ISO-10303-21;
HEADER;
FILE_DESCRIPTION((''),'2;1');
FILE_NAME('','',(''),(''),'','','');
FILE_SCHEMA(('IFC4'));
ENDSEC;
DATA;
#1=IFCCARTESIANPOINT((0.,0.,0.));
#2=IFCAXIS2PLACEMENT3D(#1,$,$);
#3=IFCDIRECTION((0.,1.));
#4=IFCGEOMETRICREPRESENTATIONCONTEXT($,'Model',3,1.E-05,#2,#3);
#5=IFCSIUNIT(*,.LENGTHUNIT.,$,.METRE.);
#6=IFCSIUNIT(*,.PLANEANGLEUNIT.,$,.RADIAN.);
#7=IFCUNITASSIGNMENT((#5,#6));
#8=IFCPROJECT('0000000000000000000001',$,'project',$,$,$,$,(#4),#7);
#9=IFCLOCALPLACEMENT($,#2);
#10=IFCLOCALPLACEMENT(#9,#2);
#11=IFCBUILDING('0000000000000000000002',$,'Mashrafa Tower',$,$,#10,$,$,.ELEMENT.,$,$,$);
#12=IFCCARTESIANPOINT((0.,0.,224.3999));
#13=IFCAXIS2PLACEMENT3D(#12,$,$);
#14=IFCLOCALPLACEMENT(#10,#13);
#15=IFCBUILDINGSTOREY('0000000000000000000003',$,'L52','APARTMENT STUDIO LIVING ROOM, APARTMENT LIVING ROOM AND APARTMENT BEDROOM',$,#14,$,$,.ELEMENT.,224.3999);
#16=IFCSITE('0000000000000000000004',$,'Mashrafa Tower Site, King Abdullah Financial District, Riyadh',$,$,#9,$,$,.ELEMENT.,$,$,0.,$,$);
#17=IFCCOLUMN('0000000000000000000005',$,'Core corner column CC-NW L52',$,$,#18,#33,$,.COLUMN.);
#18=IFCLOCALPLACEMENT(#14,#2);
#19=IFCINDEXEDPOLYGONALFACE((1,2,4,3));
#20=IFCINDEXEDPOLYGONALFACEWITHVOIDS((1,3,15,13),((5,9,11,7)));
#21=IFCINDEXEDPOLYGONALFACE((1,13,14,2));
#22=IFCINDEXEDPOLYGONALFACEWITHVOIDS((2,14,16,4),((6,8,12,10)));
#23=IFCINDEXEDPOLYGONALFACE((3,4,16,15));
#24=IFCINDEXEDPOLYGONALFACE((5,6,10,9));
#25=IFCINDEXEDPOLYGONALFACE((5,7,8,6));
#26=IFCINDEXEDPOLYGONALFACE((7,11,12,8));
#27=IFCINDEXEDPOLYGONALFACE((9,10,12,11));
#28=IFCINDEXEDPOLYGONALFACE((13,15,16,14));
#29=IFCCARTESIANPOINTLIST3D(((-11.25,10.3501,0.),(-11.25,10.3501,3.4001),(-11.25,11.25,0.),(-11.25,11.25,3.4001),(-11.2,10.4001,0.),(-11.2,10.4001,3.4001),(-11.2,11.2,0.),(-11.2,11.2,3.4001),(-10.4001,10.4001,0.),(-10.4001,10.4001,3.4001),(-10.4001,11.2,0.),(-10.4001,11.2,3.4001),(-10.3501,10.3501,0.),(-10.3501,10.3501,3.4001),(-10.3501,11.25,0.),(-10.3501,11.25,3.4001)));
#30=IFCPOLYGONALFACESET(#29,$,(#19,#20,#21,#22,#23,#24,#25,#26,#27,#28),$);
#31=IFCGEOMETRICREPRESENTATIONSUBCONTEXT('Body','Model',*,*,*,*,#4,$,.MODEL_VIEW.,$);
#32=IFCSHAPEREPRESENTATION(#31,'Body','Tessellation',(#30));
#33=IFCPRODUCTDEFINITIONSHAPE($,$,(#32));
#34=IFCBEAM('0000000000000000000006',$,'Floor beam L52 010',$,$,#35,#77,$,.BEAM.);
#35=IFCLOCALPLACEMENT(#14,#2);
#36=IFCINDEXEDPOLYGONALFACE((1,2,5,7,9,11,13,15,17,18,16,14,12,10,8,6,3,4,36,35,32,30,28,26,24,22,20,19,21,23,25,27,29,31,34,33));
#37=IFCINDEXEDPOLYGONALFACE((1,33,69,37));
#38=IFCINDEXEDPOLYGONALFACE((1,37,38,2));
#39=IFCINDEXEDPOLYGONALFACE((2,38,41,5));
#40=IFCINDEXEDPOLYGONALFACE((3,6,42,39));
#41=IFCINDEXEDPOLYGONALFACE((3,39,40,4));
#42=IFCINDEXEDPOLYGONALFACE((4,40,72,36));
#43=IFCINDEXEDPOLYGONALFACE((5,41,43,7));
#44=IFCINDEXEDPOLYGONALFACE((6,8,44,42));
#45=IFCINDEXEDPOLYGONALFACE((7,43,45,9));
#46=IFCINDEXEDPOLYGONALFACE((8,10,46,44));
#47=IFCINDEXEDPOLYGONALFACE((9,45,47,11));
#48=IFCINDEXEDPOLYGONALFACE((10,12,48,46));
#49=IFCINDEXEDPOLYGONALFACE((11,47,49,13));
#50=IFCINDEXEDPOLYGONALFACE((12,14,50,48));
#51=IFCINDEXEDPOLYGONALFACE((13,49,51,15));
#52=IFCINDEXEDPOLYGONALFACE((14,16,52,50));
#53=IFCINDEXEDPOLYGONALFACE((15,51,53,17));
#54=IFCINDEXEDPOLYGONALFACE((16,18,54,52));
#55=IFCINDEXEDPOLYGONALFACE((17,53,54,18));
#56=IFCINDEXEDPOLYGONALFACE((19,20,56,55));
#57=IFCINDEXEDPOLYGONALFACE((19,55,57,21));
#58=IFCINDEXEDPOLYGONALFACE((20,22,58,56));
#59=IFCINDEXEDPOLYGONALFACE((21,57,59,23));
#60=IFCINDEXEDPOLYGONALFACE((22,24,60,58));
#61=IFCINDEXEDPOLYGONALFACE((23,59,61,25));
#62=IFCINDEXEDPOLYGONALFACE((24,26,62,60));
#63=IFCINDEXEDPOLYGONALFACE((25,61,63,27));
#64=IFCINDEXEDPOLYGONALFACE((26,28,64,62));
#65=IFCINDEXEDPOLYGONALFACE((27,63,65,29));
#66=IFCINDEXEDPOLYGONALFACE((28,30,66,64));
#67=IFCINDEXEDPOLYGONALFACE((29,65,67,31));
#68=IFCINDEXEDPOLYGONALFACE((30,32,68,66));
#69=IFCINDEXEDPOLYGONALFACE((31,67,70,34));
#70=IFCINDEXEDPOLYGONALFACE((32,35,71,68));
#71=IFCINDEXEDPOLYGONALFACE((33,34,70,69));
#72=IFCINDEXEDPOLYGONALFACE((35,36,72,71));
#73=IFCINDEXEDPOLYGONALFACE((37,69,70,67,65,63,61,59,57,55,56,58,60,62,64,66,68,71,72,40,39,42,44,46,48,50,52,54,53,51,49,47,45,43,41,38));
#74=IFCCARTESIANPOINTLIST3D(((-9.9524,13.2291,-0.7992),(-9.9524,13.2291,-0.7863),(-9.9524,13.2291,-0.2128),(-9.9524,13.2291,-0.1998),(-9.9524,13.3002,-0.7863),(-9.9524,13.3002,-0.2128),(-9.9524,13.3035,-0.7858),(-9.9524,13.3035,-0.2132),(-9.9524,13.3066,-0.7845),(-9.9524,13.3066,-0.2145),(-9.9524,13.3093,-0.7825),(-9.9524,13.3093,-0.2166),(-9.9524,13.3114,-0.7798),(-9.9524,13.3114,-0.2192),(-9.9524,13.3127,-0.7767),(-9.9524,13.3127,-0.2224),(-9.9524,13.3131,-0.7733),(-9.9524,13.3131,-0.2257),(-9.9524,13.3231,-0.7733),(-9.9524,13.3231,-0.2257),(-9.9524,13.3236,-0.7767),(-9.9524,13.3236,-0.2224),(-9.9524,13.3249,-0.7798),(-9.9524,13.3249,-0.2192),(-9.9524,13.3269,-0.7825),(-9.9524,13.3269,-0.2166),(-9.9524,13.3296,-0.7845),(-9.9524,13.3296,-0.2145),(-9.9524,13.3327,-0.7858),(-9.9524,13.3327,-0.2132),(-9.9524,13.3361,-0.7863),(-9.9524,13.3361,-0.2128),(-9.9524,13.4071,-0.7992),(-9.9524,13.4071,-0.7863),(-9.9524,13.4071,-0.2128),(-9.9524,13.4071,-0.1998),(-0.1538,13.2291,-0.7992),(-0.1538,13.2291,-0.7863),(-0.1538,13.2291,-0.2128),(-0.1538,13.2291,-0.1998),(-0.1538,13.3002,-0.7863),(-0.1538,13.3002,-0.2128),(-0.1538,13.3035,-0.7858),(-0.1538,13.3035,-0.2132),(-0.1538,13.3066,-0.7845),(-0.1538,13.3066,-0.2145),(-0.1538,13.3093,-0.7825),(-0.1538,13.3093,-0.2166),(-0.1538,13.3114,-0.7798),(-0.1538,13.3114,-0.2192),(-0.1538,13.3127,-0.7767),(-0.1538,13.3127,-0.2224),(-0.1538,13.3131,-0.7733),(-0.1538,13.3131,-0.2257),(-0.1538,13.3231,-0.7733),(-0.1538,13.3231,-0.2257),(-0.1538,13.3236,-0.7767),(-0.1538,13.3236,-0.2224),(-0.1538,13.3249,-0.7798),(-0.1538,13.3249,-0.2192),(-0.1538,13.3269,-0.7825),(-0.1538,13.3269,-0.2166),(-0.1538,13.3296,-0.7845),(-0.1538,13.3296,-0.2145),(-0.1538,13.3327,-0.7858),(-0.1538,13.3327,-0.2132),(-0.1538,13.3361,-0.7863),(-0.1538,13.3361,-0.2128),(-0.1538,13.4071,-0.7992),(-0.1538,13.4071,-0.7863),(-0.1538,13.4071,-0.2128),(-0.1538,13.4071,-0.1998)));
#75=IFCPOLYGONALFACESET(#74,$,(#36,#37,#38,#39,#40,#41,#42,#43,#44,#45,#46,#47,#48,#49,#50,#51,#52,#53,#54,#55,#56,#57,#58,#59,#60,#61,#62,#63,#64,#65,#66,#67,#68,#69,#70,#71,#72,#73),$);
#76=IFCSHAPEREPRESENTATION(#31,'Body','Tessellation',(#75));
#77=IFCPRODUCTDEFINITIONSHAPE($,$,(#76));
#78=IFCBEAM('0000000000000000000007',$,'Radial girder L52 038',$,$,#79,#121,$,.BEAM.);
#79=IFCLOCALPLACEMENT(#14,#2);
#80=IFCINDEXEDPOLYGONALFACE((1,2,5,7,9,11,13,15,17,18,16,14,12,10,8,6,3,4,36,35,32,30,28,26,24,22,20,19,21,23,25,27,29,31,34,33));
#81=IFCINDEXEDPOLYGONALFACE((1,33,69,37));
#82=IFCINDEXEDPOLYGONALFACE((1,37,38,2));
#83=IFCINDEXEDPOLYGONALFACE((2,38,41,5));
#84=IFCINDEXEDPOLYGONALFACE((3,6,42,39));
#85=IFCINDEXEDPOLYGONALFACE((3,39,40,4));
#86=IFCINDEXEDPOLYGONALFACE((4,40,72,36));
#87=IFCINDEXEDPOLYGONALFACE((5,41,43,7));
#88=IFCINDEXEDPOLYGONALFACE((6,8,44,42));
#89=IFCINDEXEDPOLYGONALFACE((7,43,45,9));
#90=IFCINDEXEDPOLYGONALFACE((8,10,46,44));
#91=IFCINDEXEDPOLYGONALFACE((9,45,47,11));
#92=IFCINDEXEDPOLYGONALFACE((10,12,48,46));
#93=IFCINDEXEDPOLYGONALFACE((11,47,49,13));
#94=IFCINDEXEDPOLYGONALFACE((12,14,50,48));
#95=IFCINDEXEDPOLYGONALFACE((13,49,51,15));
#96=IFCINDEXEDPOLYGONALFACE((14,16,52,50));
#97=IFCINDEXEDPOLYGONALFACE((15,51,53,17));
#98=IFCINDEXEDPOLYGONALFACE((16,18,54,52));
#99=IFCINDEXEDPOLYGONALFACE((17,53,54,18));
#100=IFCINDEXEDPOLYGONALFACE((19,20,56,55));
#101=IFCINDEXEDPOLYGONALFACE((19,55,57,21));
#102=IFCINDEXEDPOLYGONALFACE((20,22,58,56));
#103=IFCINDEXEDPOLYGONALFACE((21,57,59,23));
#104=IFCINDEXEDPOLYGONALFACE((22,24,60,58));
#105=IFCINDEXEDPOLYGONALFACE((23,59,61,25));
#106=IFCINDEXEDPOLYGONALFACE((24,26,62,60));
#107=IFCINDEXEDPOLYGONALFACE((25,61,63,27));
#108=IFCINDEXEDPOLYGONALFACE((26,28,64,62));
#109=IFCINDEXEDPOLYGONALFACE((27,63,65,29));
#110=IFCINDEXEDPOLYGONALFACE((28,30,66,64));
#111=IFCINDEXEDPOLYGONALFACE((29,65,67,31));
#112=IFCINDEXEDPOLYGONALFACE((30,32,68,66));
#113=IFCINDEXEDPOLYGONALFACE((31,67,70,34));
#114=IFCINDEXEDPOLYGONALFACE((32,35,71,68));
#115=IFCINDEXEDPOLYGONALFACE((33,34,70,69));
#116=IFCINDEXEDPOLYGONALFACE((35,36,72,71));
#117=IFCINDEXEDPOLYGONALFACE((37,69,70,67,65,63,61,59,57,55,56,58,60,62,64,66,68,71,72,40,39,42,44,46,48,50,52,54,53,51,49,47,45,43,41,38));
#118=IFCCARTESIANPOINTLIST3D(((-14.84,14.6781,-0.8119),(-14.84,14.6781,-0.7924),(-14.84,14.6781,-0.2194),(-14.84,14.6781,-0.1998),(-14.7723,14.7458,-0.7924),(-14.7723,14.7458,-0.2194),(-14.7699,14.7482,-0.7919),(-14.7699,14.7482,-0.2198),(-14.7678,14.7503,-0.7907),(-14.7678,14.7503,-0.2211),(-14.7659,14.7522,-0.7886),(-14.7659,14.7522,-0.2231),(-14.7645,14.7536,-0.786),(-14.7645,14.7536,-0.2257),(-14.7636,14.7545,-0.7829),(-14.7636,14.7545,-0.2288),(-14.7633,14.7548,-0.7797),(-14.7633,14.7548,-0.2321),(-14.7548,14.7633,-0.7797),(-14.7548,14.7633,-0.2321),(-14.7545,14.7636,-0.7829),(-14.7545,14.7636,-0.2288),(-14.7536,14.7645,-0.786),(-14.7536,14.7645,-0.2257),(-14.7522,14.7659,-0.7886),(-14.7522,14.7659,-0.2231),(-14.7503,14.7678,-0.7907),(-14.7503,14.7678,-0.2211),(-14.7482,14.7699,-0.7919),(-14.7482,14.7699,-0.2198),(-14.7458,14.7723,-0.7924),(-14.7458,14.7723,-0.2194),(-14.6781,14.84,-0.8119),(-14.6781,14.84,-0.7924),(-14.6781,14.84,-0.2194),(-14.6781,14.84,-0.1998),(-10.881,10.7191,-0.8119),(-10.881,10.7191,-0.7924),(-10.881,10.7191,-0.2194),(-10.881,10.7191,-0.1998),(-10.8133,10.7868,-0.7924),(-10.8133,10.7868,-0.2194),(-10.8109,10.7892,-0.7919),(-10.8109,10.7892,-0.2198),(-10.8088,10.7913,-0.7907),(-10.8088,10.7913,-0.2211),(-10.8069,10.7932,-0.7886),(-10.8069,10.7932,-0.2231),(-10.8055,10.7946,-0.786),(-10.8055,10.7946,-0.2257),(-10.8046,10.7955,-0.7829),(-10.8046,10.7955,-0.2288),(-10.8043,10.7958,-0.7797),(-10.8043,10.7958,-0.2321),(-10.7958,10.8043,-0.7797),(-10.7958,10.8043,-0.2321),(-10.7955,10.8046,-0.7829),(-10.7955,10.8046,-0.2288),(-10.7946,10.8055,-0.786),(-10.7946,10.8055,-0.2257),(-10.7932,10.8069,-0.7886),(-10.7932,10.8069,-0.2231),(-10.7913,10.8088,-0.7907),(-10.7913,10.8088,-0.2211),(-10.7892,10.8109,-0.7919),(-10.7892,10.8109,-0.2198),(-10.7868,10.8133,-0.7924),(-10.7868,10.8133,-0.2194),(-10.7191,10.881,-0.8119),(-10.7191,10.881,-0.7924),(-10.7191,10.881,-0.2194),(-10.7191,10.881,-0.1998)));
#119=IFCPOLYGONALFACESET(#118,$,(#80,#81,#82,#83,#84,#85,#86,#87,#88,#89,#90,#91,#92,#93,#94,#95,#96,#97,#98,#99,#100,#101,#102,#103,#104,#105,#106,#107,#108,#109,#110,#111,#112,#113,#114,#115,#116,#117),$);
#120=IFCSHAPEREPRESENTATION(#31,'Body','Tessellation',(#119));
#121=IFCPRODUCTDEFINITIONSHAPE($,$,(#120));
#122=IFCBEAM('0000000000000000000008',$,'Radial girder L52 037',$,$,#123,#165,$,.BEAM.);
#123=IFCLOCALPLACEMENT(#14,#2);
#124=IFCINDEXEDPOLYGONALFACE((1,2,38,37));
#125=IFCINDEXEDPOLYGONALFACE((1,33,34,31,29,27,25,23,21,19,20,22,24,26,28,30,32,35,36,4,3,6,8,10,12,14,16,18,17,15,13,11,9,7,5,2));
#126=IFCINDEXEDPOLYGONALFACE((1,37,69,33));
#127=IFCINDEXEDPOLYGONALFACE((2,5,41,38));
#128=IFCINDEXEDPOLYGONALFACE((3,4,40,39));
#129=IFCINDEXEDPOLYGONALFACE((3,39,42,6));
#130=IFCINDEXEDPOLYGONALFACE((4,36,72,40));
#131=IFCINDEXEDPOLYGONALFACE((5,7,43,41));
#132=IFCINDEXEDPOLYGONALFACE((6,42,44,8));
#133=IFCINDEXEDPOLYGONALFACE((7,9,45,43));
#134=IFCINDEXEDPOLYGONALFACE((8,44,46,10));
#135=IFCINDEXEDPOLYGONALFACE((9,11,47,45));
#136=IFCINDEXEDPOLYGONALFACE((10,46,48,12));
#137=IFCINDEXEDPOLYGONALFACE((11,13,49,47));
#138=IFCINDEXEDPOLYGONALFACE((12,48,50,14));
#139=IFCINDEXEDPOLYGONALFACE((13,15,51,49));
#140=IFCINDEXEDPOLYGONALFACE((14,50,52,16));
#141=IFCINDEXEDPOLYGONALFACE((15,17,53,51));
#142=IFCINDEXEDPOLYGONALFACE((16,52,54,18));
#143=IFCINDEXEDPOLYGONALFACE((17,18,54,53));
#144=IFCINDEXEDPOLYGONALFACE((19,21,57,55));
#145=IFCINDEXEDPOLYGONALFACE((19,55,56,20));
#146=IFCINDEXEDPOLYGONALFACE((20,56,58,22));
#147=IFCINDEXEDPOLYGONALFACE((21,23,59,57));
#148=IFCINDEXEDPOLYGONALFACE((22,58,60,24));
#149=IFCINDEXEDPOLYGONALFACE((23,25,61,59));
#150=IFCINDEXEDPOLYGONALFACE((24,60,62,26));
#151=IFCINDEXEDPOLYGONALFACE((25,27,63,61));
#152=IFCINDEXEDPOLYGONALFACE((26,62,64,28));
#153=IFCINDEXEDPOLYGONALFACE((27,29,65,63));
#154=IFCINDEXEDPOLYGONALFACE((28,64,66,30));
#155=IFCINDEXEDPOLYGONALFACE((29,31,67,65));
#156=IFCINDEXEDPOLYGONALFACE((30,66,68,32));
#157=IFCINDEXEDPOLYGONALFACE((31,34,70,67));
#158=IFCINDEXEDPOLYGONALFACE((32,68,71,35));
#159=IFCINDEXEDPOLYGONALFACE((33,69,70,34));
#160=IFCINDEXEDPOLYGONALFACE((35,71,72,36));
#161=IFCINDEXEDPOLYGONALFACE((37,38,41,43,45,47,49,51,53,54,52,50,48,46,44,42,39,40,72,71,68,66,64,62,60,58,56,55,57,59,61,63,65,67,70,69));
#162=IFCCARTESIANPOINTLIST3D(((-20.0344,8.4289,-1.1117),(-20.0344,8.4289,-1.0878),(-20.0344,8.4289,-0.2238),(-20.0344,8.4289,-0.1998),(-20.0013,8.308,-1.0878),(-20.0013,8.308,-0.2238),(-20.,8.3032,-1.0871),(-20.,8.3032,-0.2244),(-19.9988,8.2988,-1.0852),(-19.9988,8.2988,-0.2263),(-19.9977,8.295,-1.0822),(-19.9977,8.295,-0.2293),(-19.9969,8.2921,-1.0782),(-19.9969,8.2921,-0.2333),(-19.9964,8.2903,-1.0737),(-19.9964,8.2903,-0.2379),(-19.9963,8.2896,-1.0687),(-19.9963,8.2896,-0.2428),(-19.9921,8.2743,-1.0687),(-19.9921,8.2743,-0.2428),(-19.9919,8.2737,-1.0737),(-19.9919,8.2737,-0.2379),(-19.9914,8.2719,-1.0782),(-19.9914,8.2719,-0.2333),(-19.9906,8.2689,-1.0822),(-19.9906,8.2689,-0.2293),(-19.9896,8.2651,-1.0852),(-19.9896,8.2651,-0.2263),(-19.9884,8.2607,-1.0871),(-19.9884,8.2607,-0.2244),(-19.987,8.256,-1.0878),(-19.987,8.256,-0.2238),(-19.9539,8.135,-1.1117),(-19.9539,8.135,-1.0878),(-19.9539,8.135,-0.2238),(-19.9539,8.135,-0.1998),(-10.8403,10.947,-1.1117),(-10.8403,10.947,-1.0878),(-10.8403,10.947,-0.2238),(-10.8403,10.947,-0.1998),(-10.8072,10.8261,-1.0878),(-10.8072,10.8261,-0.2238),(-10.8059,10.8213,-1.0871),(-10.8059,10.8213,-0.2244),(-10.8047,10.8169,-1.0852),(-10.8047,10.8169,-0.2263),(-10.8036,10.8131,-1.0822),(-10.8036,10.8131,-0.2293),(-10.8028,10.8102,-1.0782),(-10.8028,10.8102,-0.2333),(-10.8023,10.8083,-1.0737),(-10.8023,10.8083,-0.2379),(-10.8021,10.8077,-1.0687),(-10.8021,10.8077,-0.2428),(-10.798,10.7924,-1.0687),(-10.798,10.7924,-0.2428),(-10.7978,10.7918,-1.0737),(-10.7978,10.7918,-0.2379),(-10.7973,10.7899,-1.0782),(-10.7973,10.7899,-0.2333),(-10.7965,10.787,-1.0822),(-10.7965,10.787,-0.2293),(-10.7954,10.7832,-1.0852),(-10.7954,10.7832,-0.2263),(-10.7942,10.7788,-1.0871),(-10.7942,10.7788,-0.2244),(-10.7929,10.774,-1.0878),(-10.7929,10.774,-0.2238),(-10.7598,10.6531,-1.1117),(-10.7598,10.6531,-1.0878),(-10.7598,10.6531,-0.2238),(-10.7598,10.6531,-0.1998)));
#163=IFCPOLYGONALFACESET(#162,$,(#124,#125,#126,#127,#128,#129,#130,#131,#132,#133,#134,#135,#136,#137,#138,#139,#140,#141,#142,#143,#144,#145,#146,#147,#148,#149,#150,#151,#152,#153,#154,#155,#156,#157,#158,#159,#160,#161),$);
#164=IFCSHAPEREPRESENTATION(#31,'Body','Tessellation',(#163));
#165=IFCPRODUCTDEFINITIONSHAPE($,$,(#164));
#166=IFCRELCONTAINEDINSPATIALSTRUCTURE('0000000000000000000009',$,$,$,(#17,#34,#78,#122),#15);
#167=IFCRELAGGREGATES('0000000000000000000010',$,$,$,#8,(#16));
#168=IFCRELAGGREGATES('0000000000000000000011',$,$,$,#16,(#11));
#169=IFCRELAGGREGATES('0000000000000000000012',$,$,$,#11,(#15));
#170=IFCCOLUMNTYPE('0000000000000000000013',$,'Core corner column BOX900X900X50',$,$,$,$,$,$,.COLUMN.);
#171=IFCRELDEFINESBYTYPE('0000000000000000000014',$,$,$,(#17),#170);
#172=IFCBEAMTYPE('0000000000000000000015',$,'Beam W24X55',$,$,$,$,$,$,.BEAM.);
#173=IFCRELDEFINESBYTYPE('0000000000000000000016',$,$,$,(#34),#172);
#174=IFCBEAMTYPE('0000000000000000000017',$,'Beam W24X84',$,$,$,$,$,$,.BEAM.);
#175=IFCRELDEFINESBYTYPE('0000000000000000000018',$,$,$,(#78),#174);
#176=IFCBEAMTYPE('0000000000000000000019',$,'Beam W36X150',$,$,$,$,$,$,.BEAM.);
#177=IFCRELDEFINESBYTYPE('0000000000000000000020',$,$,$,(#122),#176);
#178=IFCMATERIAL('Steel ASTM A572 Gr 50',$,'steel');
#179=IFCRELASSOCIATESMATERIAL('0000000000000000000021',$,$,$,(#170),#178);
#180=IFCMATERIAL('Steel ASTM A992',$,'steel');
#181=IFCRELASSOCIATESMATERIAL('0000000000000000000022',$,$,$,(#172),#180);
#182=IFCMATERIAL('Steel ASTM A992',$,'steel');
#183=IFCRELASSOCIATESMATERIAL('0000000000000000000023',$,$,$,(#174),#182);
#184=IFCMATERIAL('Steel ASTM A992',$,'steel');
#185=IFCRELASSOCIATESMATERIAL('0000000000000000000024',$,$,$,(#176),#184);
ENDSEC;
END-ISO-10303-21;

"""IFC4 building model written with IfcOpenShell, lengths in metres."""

from ifc_helpers import new_model, si_unit, direction, frame, origin, origin_2d, place, context, subcontext, project, spatial, hollow_rectangle, i_section, extrude, material, material_profile, profile_set, type_object, element, save


model = new_model("IFC4")

# Units and contexts
model_context = context("Model", 3, precision=1e-05, world=origin(), true_north=direction((0.0, 1.0)))
body_context = subcontext(model_context, "Body", "Model", "MODEL_VIEW")
ifc_project = project(units=[si_unit("LENGTHUNIT", "METRE"), si_unit("PLANEANGLEUNIT", "RADIAN")], contexts=[model_context])

# Site, building, storey
site_placement = place(None, origin())
site = spatial("IfcSite", under=ifc_project, at=site_placement, Name="Mashrafa Tower Site, King Abdullah Financial District, Riyadh", CompositionType="ELEMENT", RefElevation=0.0)
building_placement = place(site_placement, origin())
building = spatial("IfcBuilding", under=site, at=building_placement, Name="Mashrafa Tower", CompositionType="ELEMENT")
storey_placement = place(building_placement, frame((0.0, 0.0, 224.3999)))
storey = spatial("IfcBuildingStorey", under=building, at=storey_placement, Name="L52", Description="APARTMENT STUDIO LIVING ROOM, APARTMENT LIVING ROOM AND APARTMENT BEDROOM", CompositionType="ELEMENT", Elevation=224.3999)

# Column
ifc_material_1 = material(Name="Steel ASTM A572 Gr 50", Category="steel")
ifc_material_profile_1 = material_profile(ifc_material_1, hollow_rectangle(XDim=0.8999, YDim=0.8999, WallThickness=0.05, at=origin_2d()), Name="BOX900X900X50")
ifc_profile_set_1 = profile_set([ifc_material_profile_1], Name="Steel ASTM A572 Gr 50")
column_type = type_object("IfcColumnType", Name="Core corner column BOX900X900X50", PredefinedType="COLUMN", material=ifc_profile_set_1)
column_placement = place(storey_placement, frame((-10.8, 10.8, 0.0), z_axis=(0.0, 0.0, 1.0), x_axis=(1.0, 0.0, 0.0)))
element("IfcColumn", 1, at=column_placement, inside=storey, type_object=column_type, Name="Core corner column CC-NW L52", PredefinedType="COLUMN", context=body_context, shape_type="SweptSolid", body=[
    extrude(hollow_rectangle(XDim=0.8999, YDim=0.8999, WallThickness=0.05, at=origin_2d()), origin(), (0.0, 0.0, 1.0), 3.4001),
])

# Beams
ifc_material_2 = material(Name="Steel ASTM A992", Category="steel")
ifc_material_profile_2 = material_profile(ifc_material_2, i_section(OverallWidth=0.178, OverallDepth=0.5994, WebThickness=0.01, FlangeThickness=0.0129, FilletRadius=0.0129, at=origin_2d()), Name="W24X55")
ifc_profile_set_2 = profile_set([ifc_material_profile_2], Name="Steel ASTM A992")
beam_type_1 = type_object("IfcBeamType", Name="Beam W24X55", PredefinedType="BEAM", material=ifc_profile_set_2)
beam_1_placement = place(storey_placement, frame((-9.9524, 13.3181, -0.4995), z_axis=(1.0, 0.0, 0.0), x_axis=(0.0, 1.0, 0.0)))
element("IfcBeam", 2, at=beam_1_placement, inside=storey, type_object=beam_type_1, Name="Floor beam L52 010", PredefinedType="BEAM", context=body_context, shape_type="SweptSolid", body=[
    extrude(i_section(OverallWidth=0.178, OverallDepth=0.5994, WebThickness=0.01, FlangeThickness=0.0129, FilletRadius=0.0129, at=origin_2d()), origin(), (0.0, 0.0, 1.0), 9.7986),
])
ifc_material_3 = material(Name="Steel ASTM A992", Category="steel")
ifc_material_profile_3 = material_profile(ifc_material_3, i_section(OverallWidth=0.229, OverallDepth=0.6121, WebThickness=0.012, FlangeThickness=0.0195, FilletRadius=0.0127, at=origin_2d()), Name="W24X84")
ifc_profile_set_3 = profile_set([ifc_material_profile_3], Name="Steel ASTM A992")
beam_type_2 = type_object("IfcBeamType", Name="Beam W24X84", PredefinedType="BEAM", material=ifc_profile_set_3)
beam_2_placement = place(storey_placement, frame((-10.8, 10.8, -0.5059), z_axis=(-0.707107, 0.707107, 0.0), x_axis=(-0.707107, -0.707107, 0.0)))
element("IfcBeam", 3, at=beam_2_placement, inside=storey, type_object=beam_type_2, Name="Radial girder L52 038", PredefinedType="BEAM", context=body_context, shape_type="SweptSolid", body=[
    extrude(i_section(OverallWidth=0.229, OverallDepth=0.6121, WebThickness=0.012, FlangeThickness=0.0195, FilletRadius=0.0127, at=origin_2d()), origin(), (0.0, 0.0, 1.0), 5.5989),
])
ifc_material_4 = material(Name="Steel ASTM A992", Category="steel")
ifc_material_profile_4 = material_profile(ifc_material_4, i_section(OverallWidth=0.3047, OverallDepth=0.9119, WebThickness=0.0159, FlangeThickness=0.0239, FilletRadius=0.019, at=origin_2d()), Name="W36X150")
ifc_profile_set_4 = profile_set([ifc_material_profile_4], Name="Steel ASTM A992")
beam_type_3 = type_object("IfcBeamType", Name="Beam W36X150", PredefinedType="BEAM", material=ifc_profile_set_4)
for number, where, z_axis, x_axis, name in (
    (4, (-10.8, 10.8, -0.6558), (-0.964481, -0.264151, 0.0), (0.264151, -0.964481, 0.0), "Radial girder L52 037"),
):
    element("IfcBeam", number, at=place(storey_placement, frame(where, z_axis=z_axis, x_axis=x_axis)), inside=storey, type_object=beam_type_3, Name=name, PredefinedType="BEAM", context=body_context, shape_type="SweptSolid", body=[
        extrude(i_section(OverallWidth=0.3047, OverallDepth=0.9119, WebThickness=0.0159, FlangeThickness=0.0239, FilletRadius=0.019, at=origin_2d()), origin(), (0.0, 0.0, 1.0), 9.5327),
    ])

save(model, "model.ifc")
